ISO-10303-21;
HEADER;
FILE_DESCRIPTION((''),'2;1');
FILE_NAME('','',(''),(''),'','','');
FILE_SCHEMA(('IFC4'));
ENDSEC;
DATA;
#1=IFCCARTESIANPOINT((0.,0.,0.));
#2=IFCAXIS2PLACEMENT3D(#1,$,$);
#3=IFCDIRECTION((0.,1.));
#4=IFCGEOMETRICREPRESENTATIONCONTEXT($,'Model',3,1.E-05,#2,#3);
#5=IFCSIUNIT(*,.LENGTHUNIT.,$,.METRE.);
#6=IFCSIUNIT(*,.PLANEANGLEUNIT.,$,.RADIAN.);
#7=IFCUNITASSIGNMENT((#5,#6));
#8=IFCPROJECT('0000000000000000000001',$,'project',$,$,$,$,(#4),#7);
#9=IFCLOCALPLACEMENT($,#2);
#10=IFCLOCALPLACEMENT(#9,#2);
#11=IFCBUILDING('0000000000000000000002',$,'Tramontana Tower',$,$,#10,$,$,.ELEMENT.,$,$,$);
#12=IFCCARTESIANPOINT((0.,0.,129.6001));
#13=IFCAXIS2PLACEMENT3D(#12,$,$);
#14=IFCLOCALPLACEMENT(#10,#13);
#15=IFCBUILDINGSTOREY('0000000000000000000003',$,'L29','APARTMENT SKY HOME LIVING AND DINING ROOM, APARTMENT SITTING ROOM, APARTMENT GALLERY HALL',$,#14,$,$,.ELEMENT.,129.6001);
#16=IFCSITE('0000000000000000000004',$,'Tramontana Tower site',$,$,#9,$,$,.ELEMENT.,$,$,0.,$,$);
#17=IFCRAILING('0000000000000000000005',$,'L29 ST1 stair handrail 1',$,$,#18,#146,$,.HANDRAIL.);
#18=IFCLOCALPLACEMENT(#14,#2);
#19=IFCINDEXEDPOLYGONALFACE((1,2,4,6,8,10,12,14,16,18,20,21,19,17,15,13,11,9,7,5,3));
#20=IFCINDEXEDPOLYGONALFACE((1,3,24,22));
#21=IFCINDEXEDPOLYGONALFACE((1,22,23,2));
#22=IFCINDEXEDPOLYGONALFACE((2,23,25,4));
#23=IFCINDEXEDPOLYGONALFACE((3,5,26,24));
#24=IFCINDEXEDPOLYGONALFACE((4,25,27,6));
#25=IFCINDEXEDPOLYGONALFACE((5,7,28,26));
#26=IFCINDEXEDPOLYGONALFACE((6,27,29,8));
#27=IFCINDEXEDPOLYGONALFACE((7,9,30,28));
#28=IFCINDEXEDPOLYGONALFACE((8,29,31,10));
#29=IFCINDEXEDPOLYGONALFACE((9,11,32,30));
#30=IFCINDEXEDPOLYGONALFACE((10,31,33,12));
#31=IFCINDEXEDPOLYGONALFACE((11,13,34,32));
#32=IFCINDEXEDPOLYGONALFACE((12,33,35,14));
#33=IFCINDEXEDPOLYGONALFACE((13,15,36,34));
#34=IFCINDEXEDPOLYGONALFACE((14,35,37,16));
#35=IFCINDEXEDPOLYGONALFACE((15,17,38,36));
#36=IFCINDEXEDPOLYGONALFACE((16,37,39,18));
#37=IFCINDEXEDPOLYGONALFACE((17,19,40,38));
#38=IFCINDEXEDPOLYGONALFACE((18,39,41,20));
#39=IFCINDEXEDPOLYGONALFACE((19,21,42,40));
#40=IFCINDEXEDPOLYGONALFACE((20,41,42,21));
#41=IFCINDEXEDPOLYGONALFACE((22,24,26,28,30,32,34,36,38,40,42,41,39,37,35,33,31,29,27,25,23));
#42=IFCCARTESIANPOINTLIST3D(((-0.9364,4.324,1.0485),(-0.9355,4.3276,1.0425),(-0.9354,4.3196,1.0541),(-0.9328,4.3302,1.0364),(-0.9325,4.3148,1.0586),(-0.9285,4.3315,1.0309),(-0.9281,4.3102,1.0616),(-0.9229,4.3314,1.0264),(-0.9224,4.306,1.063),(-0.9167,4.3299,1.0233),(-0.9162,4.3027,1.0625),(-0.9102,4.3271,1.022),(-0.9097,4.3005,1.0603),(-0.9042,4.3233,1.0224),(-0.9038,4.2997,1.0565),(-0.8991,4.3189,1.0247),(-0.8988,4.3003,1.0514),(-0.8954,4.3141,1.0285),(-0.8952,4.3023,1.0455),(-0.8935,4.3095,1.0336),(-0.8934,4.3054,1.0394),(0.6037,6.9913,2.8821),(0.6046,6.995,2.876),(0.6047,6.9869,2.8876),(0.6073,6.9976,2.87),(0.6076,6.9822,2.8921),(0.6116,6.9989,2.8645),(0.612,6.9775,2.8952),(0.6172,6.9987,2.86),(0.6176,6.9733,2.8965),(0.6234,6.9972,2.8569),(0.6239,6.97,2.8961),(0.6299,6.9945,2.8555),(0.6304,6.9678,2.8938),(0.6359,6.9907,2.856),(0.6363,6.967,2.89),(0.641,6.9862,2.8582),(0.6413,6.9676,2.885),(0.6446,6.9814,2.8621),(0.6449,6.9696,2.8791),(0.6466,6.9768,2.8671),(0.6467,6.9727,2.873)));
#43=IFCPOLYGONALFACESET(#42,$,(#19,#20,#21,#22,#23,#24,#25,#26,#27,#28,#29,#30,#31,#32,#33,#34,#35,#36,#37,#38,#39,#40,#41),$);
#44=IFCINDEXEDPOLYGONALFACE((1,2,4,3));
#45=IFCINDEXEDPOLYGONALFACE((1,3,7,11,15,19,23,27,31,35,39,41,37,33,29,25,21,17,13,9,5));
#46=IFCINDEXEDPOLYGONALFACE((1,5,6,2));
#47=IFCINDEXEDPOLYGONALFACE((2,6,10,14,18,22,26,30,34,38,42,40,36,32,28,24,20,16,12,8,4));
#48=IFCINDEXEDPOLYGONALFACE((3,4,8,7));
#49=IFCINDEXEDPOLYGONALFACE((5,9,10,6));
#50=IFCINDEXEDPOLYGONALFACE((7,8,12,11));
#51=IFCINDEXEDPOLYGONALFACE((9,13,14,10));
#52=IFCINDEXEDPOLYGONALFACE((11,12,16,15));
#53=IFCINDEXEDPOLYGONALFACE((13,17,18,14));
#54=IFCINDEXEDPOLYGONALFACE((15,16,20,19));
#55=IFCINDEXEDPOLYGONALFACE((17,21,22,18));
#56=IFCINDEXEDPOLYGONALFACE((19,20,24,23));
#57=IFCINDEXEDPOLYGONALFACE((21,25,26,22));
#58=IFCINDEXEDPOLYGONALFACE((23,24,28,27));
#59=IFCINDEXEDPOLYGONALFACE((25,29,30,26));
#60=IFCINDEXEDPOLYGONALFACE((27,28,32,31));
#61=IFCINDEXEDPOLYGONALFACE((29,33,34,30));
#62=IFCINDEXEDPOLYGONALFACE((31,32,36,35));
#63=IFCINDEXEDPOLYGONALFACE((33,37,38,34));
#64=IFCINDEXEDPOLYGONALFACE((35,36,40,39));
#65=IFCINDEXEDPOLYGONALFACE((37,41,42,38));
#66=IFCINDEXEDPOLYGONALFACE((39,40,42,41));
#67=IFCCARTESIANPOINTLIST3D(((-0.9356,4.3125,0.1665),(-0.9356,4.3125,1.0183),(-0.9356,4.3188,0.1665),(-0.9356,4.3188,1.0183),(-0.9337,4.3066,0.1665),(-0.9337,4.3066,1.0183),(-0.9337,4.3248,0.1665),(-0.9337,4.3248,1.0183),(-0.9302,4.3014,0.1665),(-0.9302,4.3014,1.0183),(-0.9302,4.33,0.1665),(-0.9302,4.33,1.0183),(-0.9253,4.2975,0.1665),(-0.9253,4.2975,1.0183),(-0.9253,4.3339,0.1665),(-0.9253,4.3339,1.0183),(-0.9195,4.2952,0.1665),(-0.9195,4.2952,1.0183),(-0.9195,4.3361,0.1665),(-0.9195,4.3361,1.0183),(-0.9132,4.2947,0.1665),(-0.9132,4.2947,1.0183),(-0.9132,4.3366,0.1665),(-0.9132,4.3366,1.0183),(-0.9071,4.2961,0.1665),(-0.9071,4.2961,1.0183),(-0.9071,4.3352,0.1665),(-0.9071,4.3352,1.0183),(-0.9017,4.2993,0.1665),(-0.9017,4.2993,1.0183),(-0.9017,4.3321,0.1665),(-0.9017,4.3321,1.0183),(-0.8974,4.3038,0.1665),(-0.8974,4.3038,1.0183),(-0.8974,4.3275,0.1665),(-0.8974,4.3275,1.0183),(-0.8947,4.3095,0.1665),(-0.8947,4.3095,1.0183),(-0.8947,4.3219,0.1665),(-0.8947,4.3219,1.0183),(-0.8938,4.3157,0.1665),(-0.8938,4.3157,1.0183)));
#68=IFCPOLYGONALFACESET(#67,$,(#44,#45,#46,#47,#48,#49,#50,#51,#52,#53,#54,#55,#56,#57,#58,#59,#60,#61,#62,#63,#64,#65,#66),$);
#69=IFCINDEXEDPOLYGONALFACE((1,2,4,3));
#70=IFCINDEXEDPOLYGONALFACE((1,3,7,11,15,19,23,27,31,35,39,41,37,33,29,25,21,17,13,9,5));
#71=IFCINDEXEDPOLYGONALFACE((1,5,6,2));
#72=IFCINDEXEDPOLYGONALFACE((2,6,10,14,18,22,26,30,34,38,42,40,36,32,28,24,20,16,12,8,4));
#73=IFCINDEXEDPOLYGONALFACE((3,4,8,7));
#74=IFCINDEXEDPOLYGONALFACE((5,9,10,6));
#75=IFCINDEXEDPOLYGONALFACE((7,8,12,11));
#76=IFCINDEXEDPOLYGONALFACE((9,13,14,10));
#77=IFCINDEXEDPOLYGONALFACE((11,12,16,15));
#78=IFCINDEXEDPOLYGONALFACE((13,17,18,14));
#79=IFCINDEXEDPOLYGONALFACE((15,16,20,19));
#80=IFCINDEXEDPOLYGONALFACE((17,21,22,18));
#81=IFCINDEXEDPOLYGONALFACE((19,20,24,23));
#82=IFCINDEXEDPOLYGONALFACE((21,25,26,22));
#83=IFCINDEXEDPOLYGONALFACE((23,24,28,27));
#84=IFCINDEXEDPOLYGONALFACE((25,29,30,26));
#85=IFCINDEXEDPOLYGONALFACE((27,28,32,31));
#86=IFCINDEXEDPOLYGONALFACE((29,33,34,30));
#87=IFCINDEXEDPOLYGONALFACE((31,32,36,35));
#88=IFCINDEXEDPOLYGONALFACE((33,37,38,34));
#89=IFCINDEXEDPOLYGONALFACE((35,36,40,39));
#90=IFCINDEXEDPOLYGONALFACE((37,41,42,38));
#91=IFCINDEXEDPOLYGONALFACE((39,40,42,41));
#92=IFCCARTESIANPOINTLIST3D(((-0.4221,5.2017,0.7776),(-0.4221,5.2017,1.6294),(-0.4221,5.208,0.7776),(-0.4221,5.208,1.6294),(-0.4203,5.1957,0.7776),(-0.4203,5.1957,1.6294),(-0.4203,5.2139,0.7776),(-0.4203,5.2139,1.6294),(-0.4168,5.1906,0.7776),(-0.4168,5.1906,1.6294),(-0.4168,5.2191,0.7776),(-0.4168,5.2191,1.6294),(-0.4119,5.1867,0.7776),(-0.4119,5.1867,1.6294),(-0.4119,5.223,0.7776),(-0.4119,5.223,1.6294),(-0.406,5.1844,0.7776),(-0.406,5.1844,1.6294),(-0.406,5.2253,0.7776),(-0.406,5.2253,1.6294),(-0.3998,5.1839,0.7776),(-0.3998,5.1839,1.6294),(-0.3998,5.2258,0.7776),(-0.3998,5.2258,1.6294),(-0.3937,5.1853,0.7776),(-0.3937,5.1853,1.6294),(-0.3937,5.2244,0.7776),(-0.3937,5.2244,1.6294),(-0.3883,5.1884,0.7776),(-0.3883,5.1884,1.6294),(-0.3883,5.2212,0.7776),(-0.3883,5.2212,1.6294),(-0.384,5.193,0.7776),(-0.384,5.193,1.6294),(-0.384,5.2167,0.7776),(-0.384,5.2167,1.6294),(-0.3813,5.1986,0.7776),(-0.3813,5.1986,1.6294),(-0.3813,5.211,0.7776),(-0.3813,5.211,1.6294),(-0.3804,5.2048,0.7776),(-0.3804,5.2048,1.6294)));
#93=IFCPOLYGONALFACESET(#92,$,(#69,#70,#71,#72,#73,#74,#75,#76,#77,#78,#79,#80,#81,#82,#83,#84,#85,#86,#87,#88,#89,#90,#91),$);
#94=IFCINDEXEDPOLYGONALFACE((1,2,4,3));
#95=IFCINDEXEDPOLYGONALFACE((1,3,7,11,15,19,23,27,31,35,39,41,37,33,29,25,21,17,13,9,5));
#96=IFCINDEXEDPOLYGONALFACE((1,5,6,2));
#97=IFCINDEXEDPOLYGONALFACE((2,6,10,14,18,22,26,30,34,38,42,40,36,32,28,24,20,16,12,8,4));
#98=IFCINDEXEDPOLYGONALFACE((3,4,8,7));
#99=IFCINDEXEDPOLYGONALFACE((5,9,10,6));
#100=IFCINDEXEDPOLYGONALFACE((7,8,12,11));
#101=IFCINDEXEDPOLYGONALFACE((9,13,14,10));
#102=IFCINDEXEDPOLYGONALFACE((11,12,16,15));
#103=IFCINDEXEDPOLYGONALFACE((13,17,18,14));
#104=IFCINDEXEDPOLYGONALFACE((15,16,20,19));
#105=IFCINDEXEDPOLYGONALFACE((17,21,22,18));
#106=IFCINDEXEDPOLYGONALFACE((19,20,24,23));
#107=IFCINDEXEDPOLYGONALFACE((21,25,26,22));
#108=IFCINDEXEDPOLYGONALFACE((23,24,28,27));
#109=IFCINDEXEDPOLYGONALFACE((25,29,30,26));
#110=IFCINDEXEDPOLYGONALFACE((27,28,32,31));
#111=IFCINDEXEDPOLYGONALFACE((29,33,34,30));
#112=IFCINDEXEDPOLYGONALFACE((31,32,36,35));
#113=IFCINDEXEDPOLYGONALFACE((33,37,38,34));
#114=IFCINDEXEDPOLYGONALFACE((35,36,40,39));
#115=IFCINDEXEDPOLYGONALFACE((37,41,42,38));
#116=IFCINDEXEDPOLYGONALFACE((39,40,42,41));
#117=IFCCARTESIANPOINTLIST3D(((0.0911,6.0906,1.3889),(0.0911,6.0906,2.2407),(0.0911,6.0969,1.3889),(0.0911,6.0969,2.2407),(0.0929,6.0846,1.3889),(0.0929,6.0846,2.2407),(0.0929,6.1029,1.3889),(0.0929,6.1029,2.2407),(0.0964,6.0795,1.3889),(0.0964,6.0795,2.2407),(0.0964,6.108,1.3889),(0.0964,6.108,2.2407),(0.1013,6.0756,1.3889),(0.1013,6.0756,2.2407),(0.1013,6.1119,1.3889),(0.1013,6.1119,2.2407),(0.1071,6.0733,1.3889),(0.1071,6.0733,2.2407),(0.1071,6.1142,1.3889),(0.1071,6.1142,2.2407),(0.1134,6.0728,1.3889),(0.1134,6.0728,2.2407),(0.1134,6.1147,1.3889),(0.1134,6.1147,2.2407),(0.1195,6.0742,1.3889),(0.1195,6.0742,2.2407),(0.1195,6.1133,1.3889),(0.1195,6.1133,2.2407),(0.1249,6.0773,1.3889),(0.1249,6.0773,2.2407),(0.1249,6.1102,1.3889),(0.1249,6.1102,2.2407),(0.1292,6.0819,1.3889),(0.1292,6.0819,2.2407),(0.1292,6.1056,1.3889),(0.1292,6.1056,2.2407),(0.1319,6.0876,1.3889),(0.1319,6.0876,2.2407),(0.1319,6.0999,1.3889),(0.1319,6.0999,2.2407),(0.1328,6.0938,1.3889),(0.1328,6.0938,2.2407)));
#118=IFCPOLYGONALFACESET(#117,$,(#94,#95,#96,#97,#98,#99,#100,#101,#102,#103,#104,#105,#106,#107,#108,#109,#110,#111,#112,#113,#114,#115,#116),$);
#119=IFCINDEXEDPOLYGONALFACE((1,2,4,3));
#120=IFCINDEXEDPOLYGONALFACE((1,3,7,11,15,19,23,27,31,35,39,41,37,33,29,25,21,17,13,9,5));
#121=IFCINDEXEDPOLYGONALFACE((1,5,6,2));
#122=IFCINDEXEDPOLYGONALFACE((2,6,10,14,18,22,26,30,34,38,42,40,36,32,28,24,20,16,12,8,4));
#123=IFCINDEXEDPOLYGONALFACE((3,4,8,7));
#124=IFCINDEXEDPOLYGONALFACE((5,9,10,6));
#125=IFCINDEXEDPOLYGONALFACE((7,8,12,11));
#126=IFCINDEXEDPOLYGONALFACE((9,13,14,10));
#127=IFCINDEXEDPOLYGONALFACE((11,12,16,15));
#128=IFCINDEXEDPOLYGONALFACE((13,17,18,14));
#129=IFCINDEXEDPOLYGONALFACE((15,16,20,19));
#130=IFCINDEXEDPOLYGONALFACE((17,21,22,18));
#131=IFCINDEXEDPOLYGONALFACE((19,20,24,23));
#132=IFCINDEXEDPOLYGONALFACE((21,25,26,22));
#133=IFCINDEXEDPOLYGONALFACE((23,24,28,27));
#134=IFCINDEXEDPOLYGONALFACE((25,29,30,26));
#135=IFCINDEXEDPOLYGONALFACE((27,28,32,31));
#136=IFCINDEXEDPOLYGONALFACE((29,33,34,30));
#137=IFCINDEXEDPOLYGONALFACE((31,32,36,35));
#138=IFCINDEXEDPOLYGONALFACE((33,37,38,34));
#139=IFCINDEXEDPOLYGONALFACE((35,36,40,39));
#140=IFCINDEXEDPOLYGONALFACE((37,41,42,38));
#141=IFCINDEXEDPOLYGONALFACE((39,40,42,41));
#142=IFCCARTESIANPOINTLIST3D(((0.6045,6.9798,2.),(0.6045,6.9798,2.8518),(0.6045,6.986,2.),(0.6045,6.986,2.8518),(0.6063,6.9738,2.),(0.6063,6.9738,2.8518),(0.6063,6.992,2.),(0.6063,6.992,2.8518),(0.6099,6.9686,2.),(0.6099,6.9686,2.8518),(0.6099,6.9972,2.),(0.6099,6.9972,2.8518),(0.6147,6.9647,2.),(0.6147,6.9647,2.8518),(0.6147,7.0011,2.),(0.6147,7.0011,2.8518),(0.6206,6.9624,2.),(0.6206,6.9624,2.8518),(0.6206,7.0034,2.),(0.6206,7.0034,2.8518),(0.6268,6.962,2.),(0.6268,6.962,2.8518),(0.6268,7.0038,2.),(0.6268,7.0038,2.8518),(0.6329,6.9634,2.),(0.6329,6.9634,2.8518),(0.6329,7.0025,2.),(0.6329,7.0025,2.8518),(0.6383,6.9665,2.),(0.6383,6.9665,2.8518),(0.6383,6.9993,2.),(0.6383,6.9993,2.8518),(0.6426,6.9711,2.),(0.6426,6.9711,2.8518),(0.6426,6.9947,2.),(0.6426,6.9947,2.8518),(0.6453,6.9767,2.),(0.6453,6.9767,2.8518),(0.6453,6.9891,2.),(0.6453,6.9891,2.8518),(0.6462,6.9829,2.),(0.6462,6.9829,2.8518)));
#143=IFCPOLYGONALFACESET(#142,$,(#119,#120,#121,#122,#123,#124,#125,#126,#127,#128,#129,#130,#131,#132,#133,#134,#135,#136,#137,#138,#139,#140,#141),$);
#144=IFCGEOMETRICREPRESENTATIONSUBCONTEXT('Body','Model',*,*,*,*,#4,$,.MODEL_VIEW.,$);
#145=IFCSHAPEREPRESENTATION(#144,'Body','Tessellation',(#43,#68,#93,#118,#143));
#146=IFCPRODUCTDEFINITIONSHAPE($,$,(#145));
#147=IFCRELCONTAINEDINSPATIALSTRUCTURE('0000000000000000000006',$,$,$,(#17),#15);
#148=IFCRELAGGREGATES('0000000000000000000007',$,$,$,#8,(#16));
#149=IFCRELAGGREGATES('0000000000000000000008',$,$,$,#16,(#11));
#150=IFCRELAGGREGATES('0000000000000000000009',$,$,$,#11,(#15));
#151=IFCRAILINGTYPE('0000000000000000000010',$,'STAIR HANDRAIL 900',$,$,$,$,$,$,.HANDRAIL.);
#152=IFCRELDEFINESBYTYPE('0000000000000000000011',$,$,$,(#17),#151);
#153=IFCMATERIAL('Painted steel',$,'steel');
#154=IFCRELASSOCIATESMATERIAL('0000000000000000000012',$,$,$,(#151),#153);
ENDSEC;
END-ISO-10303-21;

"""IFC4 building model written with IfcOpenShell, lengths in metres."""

from ifc_helpers import new_model, si_unit, direction, frame, origin, origin_2d, place, context, subcontext, project, spatial, circle, extrude, material, type_object, element, save


model = new_model("IFC4")

# Units and contexts
model_context = context("Model", 3, precision=1e-05, world=origin(), true_north=direction((0.0, 1.0)))
body_context = subcontext(model_context, "Body", "Model", "MODEL_VIEW")
ifc_project = project(units=[si_unit("LENGTHUNIT", "METRE"), si_unit("PLANEANGLEUNIT", "RADIAN")], contexts=[model_context])

# Site, building, storey
site_placement = place(None, origin())
site = spatial("IfcSite", under=ifc_project, at=site_placement, Name="Tramontana Tower site", CompositionType="ELEMENT", RefElevation=0.0)
building_placement = place(site_placement, origin())
building = spatial("IfcBuilding", under=site, at=building_placement, Name="Tramontana Tower", CompositionType="ELEMENT")
storey_placement = place(building_placement, frame((0.0, 0.0, 129.6001)))
storey = spatial("IfcBuildingStorey", under=building, at=storey_placement, Name="L29", Description="APARTMENT SKY HOME LIVING AND DINING ROOM, APARTMENT SITTING ROOM, APARTMENT GALLERY HALL", CompositionType="ELEMENT", Elevation=129.6001)

# Railing
ifc_material_1 = material(Name="Painted steel", Category="steel")
railing_type_1 = type_object("IfcRailingType", Name="STAIR HANDRAIL 900", PredefinedType="HANDRAIL", material=ifc_material_1)
railing_1_placement = place(storey_placement, frame((-0.9148, 4.3157, 0.1665)))
element("IfcRailing", 1, at=railing_1_placement, inside=storey, type_object=railing_type_1, Name="L29 ST1 stair handrail 1", PredefinedType="HANDRAIL", context=body_context, shape_type="SweptSolid", body=[
    extrude(circle(Radius=0.0239, at=origin_2d()), frame((0.0, 0.0, 0.876), z_axis=(0.429656, 0.744134, 0.511528), x_axis=(-0.86601, 0.500027, 0.0)), (0.0, 0.0, 1.0), 3.5845),
    extrude(circle(Radius=0.021, at=origin_2d()), origin(), (0.0, 0.0, 1.0), 0.8518),
    extrude(circle(Radius=0.021, at=origin_2d()), frame((0.5134, 0.8892, 0.6111)), (0.0, 0.0, 1.0), 0.8518),
    extrude(circle(Radius=0.021, at=origin_2d()), frame((1.0266, 1.7781, 1.2224)), (0.0, 0.0, 1.0), 0.8518),
    extrude(circle(Radius=0.021, at=origin_2d()), frame((1.54, 2.6672, 1.8335)), (0.0, 0.0, 1.0), 0.8518),
])

save(model, "model.ifc")
